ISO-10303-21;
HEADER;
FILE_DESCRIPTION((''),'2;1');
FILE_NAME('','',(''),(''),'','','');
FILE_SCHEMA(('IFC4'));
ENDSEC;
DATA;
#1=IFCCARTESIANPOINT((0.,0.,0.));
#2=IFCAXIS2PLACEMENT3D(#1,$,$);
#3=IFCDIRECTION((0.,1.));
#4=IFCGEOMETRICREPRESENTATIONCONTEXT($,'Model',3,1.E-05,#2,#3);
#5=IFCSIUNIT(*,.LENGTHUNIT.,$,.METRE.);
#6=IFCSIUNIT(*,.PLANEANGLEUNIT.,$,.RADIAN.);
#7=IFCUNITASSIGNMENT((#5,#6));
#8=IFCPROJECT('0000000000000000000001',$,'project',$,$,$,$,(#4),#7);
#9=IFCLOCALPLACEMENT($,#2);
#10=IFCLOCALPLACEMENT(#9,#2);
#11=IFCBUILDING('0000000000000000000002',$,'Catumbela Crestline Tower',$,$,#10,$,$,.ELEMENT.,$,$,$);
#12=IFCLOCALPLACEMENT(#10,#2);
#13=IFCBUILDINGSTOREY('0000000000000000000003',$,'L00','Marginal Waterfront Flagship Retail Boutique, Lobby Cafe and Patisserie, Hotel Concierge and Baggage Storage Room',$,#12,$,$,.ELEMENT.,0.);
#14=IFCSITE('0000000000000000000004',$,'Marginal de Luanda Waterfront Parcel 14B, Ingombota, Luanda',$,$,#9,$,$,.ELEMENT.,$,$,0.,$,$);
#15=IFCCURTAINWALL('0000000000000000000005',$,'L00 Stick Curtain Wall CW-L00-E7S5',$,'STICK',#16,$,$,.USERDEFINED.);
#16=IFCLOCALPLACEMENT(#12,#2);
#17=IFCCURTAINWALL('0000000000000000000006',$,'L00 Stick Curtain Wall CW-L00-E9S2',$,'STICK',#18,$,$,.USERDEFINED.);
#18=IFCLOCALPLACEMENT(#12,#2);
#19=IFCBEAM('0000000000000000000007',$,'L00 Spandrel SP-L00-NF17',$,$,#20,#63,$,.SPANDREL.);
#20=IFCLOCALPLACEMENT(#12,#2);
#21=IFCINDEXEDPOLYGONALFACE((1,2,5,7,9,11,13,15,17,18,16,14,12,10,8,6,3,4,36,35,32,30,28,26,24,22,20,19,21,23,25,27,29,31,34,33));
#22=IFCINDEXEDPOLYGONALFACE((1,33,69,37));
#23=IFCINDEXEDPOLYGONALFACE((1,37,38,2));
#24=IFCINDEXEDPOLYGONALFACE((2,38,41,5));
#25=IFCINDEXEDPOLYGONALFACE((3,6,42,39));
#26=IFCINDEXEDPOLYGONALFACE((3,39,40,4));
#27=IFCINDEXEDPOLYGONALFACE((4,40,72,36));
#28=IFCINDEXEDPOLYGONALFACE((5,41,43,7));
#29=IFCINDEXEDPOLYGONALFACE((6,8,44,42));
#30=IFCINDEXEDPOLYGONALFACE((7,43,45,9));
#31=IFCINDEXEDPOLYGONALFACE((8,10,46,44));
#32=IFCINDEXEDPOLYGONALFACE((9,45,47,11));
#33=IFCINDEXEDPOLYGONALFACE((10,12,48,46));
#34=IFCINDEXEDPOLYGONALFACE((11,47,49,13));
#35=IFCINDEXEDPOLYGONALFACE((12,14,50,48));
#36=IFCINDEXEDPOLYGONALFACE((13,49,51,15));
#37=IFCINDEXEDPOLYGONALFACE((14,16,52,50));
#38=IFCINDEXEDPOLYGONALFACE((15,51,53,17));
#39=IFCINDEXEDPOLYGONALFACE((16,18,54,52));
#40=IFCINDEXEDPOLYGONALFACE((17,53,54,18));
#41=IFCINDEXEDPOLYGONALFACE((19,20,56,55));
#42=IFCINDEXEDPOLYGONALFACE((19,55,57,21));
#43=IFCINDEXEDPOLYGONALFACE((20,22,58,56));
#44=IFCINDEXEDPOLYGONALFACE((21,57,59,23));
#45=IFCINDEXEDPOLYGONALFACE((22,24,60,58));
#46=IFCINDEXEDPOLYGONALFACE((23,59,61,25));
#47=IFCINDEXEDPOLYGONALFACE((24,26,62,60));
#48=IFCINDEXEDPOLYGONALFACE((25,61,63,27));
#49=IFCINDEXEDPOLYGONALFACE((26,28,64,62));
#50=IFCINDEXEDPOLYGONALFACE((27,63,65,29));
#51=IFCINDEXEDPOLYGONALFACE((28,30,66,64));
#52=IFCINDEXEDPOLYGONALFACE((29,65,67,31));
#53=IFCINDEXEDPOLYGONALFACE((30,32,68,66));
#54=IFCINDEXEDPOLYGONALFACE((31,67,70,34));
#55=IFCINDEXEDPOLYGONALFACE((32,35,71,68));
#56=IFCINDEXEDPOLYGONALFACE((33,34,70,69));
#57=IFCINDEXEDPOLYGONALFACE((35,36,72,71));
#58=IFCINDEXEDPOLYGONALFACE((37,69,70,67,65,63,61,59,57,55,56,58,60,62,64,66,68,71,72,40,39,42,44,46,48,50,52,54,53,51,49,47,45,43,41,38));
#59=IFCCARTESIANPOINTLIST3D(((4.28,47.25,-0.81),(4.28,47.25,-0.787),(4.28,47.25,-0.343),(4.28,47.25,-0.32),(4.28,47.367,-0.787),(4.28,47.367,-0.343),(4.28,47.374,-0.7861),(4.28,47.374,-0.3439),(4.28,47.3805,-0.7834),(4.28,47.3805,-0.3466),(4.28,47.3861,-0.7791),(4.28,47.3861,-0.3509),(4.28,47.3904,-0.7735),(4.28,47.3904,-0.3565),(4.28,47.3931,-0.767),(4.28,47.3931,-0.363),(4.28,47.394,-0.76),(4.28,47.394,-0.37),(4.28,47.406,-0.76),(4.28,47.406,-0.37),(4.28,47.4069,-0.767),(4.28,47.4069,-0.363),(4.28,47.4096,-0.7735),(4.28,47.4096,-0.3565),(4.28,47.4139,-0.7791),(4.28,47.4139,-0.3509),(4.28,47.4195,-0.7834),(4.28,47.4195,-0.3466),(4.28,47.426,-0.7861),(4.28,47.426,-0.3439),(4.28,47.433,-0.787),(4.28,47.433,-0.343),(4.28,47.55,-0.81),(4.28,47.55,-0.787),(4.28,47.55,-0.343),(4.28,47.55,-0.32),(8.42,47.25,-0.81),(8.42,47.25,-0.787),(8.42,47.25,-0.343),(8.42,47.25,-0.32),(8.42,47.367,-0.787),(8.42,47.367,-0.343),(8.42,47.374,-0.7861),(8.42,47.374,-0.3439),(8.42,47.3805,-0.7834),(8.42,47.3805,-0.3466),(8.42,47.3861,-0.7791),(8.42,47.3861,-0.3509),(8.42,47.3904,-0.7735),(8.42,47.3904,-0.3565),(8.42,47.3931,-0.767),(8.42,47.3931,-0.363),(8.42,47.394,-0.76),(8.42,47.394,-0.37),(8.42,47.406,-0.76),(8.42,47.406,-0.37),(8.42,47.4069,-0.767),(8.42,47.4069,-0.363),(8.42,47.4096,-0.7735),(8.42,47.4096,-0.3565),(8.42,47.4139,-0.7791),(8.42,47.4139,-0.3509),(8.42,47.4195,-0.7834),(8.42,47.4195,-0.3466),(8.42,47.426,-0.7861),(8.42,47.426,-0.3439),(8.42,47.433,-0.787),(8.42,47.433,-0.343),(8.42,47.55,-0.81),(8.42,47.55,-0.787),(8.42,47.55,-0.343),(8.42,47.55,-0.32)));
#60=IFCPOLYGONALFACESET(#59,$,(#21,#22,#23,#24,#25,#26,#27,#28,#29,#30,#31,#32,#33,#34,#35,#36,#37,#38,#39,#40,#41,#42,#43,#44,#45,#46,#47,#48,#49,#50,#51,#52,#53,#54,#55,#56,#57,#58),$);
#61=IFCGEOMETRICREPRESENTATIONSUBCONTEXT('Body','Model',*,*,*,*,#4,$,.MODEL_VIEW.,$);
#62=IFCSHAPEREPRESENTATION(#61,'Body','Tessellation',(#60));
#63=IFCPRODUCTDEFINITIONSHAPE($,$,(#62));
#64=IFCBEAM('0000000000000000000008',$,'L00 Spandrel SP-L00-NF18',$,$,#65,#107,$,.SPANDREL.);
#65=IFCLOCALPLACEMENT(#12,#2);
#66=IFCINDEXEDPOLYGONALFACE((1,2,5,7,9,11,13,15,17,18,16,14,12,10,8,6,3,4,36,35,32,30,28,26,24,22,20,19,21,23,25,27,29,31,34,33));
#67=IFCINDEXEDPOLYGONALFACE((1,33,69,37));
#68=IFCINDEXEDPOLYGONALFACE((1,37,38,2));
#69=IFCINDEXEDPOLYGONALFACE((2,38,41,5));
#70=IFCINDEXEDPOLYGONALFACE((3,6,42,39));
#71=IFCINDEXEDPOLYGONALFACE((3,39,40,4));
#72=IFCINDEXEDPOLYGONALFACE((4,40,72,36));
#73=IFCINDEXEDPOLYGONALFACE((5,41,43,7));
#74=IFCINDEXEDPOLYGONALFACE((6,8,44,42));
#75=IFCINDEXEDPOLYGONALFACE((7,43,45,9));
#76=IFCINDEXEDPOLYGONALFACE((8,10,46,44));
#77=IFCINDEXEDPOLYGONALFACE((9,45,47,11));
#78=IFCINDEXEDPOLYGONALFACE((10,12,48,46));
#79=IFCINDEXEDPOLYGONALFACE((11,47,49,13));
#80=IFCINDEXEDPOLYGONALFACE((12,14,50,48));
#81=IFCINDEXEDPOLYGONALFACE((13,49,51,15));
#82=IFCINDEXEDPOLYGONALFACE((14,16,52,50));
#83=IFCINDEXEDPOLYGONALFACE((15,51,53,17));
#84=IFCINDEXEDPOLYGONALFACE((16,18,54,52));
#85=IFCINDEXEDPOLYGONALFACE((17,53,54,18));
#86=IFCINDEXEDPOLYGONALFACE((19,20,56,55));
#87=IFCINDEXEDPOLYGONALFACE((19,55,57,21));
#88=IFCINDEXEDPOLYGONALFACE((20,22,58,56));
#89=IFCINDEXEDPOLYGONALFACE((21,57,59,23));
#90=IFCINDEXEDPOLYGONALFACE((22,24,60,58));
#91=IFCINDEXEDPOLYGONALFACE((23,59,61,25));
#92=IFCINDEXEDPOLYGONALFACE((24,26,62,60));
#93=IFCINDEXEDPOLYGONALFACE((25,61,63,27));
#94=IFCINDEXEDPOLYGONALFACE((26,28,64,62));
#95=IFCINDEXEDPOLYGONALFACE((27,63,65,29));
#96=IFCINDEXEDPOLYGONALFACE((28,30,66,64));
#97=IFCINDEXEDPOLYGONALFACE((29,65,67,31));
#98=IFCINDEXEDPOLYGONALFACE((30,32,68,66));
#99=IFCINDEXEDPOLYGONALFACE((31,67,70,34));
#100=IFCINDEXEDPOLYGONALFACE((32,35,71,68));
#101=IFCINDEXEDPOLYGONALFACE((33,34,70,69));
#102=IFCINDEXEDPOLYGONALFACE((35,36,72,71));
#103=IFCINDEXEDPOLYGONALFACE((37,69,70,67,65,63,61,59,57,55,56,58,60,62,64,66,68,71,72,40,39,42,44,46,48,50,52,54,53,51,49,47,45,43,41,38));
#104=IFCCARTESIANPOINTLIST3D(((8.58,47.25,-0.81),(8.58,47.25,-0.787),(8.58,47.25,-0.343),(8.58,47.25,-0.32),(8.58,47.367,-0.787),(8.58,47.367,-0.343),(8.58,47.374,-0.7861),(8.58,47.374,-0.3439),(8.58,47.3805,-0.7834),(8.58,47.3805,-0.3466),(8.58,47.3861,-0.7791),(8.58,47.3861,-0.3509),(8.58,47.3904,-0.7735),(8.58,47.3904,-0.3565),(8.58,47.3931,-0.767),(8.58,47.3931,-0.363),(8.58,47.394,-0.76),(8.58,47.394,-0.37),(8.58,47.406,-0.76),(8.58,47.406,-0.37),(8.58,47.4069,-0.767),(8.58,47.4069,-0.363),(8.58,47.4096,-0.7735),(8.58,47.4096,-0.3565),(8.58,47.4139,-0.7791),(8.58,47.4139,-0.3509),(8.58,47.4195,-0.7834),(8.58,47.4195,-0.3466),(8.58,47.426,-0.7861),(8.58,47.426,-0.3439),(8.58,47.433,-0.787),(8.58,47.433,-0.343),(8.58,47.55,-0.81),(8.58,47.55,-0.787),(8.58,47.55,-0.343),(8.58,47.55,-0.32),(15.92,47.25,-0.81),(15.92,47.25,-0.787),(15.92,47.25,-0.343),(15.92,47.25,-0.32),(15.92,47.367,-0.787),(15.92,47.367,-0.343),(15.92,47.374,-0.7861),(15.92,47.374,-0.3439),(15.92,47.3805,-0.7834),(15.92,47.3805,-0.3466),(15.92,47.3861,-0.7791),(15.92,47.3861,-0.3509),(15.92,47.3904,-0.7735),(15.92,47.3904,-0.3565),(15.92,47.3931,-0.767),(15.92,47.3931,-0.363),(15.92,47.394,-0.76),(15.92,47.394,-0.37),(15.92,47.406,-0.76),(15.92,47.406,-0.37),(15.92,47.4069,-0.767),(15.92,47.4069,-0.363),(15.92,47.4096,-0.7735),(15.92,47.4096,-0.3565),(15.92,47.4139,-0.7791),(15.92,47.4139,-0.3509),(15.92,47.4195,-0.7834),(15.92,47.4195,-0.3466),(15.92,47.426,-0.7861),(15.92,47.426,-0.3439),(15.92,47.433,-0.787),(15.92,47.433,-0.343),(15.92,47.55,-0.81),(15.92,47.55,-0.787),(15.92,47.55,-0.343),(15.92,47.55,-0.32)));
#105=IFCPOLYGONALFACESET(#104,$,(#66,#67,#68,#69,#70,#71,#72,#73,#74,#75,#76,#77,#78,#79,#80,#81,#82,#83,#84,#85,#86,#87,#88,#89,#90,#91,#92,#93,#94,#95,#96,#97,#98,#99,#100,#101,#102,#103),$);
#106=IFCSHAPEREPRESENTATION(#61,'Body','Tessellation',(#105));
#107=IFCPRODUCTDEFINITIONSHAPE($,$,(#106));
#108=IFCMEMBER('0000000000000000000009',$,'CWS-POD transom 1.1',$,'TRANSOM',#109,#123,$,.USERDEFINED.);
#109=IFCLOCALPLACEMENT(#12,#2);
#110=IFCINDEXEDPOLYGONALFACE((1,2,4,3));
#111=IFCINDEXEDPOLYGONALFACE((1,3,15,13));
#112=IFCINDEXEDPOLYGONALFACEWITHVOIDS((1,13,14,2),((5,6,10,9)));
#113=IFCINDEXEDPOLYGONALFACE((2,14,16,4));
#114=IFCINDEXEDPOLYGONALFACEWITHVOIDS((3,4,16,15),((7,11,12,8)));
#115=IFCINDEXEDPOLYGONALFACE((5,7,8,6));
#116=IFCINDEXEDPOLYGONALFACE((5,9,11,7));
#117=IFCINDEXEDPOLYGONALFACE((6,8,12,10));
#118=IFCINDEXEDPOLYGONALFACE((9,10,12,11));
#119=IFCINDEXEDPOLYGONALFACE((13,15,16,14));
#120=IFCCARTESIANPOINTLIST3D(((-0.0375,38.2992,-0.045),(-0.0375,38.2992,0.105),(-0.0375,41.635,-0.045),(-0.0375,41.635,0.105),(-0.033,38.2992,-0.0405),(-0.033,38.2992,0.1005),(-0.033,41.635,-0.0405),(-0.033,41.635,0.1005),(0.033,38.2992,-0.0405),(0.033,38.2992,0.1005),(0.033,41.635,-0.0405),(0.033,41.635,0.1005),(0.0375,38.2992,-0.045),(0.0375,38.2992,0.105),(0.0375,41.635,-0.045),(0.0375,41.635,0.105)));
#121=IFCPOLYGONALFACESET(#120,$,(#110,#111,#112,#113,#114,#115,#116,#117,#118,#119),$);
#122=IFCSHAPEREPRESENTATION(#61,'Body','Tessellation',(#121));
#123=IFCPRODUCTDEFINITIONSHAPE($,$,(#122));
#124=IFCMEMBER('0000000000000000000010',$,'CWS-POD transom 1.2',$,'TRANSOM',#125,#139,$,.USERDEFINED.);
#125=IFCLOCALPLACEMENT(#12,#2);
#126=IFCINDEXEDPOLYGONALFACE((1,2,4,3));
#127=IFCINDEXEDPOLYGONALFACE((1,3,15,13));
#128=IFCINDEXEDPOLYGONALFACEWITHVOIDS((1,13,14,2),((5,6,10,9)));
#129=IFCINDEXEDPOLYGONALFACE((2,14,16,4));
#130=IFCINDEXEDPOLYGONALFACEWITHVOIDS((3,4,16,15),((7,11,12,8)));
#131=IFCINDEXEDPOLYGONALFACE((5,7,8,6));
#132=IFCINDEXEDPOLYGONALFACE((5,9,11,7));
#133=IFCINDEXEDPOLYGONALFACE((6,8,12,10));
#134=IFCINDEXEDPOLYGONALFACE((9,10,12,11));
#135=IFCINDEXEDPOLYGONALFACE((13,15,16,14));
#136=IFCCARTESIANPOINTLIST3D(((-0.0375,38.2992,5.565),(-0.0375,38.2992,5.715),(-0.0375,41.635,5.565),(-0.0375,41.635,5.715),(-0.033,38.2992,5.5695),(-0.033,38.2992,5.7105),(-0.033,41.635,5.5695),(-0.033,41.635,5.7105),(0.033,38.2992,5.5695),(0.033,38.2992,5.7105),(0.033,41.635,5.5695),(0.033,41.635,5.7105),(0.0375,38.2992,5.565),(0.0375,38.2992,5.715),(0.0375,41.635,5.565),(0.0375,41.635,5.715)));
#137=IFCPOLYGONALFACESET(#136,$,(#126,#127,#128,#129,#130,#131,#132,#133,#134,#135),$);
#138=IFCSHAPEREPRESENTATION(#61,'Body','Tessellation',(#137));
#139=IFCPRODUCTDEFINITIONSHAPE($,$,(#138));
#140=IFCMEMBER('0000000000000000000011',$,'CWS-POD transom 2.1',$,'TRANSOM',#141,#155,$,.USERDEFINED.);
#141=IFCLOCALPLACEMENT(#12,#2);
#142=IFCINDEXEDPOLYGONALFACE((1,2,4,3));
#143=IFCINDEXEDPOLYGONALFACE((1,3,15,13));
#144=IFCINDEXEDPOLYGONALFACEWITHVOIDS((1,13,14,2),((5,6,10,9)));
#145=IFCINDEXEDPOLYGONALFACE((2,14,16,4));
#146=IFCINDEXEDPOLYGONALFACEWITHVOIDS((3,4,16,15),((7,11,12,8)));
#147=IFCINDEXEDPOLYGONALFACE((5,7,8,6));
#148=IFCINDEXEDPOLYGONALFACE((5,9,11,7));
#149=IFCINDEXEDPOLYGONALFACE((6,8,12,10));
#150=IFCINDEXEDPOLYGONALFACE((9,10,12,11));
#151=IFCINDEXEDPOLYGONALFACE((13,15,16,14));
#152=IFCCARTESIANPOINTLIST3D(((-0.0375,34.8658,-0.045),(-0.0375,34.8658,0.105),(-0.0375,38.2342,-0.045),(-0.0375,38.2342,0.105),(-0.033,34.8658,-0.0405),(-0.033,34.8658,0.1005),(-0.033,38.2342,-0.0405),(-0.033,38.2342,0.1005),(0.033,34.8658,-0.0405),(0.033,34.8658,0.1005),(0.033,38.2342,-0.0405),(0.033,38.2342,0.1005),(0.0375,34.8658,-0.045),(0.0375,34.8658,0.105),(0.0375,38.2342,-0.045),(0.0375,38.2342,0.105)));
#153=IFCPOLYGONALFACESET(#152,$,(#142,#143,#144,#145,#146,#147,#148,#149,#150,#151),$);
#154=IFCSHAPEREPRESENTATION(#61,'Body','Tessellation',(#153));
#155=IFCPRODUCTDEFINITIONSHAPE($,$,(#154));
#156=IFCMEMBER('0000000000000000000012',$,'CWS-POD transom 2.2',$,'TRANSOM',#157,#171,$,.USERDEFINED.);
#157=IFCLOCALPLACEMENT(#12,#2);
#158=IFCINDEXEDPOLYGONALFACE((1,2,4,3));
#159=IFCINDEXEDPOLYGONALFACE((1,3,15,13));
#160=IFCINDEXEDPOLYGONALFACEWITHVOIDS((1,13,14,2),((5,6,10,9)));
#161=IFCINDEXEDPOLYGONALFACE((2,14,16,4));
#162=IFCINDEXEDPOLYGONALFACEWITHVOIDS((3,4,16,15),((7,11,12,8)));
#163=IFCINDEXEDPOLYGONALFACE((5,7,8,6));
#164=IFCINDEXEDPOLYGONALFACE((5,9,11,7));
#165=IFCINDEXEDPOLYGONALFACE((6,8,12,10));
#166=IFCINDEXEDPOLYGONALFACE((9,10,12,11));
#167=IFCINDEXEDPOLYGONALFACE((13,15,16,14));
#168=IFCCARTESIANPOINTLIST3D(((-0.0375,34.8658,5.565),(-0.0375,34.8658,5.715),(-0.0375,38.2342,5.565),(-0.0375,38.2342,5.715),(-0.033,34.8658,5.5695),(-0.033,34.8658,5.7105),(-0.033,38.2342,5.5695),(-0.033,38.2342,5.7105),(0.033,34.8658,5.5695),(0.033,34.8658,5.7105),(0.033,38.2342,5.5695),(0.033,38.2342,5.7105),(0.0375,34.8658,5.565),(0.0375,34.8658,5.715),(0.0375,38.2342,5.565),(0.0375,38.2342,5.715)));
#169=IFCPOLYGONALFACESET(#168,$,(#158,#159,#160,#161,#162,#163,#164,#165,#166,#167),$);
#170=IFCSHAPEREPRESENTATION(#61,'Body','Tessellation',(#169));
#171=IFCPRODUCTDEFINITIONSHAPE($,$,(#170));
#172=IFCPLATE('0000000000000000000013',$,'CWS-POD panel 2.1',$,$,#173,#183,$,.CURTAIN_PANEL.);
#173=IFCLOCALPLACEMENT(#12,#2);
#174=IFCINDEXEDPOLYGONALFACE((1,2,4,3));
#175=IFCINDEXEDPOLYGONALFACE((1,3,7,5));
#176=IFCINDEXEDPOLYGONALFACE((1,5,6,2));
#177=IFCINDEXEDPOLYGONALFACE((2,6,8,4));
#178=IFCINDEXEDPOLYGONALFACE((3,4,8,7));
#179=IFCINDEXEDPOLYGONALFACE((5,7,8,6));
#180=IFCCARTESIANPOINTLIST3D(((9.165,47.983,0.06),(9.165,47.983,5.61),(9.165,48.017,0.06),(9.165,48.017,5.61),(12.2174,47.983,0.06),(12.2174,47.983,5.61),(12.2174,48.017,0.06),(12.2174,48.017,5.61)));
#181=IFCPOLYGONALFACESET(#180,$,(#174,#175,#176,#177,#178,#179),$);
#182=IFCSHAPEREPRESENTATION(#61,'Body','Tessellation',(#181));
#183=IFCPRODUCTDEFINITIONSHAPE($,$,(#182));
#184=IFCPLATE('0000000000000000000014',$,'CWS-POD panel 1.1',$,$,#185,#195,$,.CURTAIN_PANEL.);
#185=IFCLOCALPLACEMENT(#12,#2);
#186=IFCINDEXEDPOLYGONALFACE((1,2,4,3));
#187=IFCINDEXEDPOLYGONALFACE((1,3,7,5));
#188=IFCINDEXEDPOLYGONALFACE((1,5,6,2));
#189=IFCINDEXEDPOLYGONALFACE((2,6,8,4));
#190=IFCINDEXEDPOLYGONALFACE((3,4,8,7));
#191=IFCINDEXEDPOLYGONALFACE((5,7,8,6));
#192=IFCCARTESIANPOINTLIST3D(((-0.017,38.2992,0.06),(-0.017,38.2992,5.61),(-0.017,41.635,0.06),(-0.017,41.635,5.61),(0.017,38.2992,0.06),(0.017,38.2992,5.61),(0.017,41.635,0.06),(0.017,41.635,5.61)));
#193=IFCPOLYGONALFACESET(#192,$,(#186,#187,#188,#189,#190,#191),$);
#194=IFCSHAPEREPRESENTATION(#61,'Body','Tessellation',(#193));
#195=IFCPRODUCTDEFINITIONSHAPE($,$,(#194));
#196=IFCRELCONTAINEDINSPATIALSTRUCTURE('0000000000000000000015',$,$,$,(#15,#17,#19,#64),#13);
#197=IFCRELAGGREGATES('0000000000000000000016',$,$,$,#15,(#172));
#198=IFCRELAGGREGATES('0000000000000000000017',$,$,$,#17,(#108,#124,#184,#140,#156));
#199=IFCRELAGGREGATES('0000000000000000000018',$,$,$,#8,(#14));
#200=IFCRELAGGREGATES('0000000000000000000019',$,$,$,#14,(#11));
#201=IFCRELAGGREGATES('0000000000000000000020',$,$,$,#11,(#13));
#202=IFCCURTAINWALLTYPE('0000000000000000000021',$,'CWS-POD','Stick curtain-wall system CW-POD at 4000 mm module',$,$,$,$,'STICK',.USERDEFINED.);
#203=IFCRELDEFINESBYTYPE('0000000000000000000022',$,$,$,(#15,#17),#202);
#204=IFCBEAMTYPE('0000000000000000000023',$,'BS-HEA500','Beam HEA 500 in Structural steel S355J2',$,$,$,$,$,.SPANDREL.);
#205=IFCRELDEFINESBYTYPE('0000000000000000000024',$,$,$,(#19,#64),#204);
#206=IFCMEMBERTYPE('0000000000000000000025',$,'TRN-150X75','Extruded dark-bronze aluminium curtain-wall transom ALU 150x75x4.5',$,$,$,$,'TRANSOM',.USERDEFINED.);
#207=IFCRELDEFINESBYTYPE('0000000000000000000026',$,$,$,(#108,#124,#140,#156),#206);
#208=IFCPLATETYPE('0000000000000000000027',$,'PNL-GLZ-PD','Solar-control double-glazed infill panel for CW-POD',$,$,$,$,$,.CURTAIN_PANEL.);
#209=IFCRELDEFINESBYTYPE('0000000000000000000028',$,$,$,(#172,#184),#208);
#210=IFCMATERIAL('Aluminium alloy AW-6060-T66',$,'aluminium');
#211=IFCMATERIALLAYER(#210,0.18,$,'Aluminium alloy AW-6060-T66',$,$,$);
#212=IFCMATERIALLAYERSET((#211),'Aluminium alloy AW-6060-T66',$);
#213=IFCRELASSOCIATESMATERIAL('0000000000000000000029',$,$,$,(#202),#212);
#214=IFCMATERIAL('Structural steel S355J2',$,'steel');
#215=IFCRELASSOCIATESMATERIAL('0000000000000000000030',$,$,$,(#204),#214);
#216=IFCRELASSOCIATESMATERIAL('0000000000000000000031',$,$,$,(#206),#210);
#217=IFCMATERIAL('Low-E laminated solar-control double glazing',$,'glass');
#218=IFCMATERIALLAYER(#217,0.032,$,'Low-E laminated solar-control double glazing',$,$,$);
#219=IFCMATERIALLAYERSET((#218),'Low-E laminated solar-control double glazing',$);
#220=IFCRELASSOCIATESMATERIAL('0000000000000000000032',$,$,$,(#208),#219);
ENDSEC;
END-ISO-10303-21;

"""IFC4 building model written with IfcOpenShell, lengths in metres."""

from ifc_helpers import new_model, si_unit, direction, frame, origin, origin_2d, place, context, subcontext, project, spatial, rectangle, hollow_rectangle, i_section, extrude, material, layer, layer_set, material_profile, profile_set, type_object, element, aggregate, save


model = new_model("IFC4")

# Units and contexts
model_context = context("Model", 3, precision=1e-05, world=origin(), true_north=direction((0.0, 1.0)))
body_context = subcontext(model_context, "Body", "Model", "MODEL_VIEW")
ifc_project = project(units=[si_unit("LENGTHUNIT", "METRE"), si_unit("PLANEANGLEUNIT", "RADIAN")], contexts=[model_context])

# Site, building, storey
site_placement = place(None, origin())
site = spatial("IfcSite", under=ifc_project, at=site_placement, Name="Marginal de Luanda Waterfront Parcel 14B, Ingombota, Luanda", CompositionType="ELEMENT", RefElevation=0.0)
building_placement = place(site_placement, origin())
building = spatial("IfcBuilding", under=site, at=building_placement, Name="Catumbela Crestline Tower", CompositionType="ELEMENT")
storey_placement = place(building_placement, origin())
storey = spatial("IfcBuildingStorey", under=building, at=storey_placement, Name="L00", Description="Marginal Waterfront Flagship Retail Boutique, Lobby Cafe and Patisserie, Hotel Concierge and Baggage Storage Room", CompositionType="ELEMENT", Elevation=0.0)

# Shared definitions
ifc_material_1 = material(Name="Structural steel S355J2", Category="steel")

# Curtain wall
ifc_material_2 = material(Name="Aluminium alloy AW-6060-T66", Category="aluminium")
ifc_layer_1 = layer(ifc_material_2, 0.18, Name="Aluminium alloy AW-6060-T66")
ifc_layer_set_1 = layer_set([ifc_layer_1], Name="Aluminium alloy AW-6060-T66")
curtain_wall_type = type_object("IfcCurtainWallType", Name="CWS-POD", Description="Stick curtain-wall system CW-POD at 4000 mm module", ElementType="STICK", PredefinedType="USERDEFINED", material=ifc_layer_set_1)
curtain_wall_1_placement = place(storey_placement, origin())
curtain_wall_1 = element("IfcCurtainWall", 1, at=curtain_wall_1_placement, inside=storey, type_object=curtain_wall_type, Name="L00 Stick Curtain Wall CW-L00-E7S5", ObjectType="STICK", PredefinedType="USERDEFINED")

# Curtain wall
curtain_wall_2_placement = place(storey_placement, origin())
curtain_wall_2 = element("IfcCurtainWall", 2, at=curtain_wall_2_placement, inside=storey, type_object=curtain_wall_type, Name="L00 Stick Curtain Wall CW-L00-E9S2", ObjectType="STICK", PredefinedType="USERDEFINED")

# Beams
ifc_material_profile_1 = material_profile(ifc_material_1, i_section(OverallWidth=0.3, OverallDepth=0.49, WebThickness=0.012, FlangeThickness=0.023, FilletRadius=0.027, at=origin_2d()), Name="HEA 500")
ifc_profile_set_1 = profile_set([ifc_material_profile_1], Name="Structural steel S355J2")
beam_type_1 = type_object("IfcBeamType", Name="BS-HEA500", Description="Beam HEA 500 in Structural steel S355J2", PredefinedType="SPANDREL", material=ifc_profile_set_1)
beam_1_placement = place(storey_placement, frame((4.28, 47.4, -0.565), z_axis=(1.0, 0.0, 0.0), x_axis=(0.0, 1.0, 0.0)))
element("IfcBeam", 3, at=beam_1_placement, inside=storey, type_object=beam_type_1, Name="L00 Spandrel SP-L00-NF17", PredefinedType="SPANDREL", context=body_context, shape_type="SweptSolid", body=[
    extrude(i_section(OverallWidth=0.3, OverallDepth=0.49, WebThickness=0.012, FlangeThickness=0.023, FilletRadius=0.027, at=origin_2d()), origin(), (0.0, 0.0, 1.0), 4.14),
])
beam_2_placement = place(storey_placement, frame((8.58, 47.4, -0.565), z_axis=(1.0, 0.0, 0.0), x_axis=(0.0, 1.0, 0.0)))
element("IfcBeam", 4, at=beam_2_placement, inside=storey, type_object=beam_type_1, Name="L00 Spandrel SP-L00-NF18", PredefinedType="SPANDREL", context=body_context, shape_type="SweptSolid", body=[
    extrude(i_section(OverallWidth=0.3, OverallDepth=0.49, WebThickness=0.012, FlangeThickness=0.023, FilletRadius=0.027, at=origin_2d()), origin(), (0.0, 0.0, 1.0), 7.34),
])

# Members
ifc_material_profile_2 = material_profile(ifc_material_2, hollow_rectangle(XDim=0.075, YDim=0.15, WallThickness=0.0045, at=origin_2d()), Name="ALU 150x75x4.5")
ifc_profile_set_2 = profile_set([ifc_material_profile_2], Name="Aluminium alloy AW-6060-T66")
member_type_1 = type_object("IfcMemberType", Name="TRN-150X75", Description="Extruded dark-bronze aluminium curtain-wall transom ALU 150x75x4.5", ElementType="TRANSOM", PredefinedType="USERDEFINED", material=ifc_profile_set_2)
member_1_placement = place(storey_placement, frame((0.0, 41.635, 0.03), z_axis=(0.0, -1.0, 0.0), x_axis=(1.0, 0.0, 0.0)))
member_1 = element("IfcMember", 5, at=member_1_placement, type_object=member_type_1, Name="CWS-POD transom 1.1", ObjectType="TRANSOM", PredefinedType="USERDEFINED", context=body_context, shape_type="SweptSolid", body=[
    extrude(hollow_rectangle(XDim=0.075, YDim=0.15, WallThickness=0.0045, at=origin_2d()), origin(), (0.0, 0.0, 1.0), 3.3358),
])
member_2_placement = place(storey_placement, frame((0.0, 41.635, 5.64), z_axis=(0.0, -1.0, 0.0), x_axis=(1.0, 0.0, 0.0)))
member_2 = element("IfcMember", 6, at=member_2_placement, type_object=member_type_1, Name="CWS-POD transom 1.2", ObjectType="TRANSOM", PredefinedType="USERDEFINED", context=body_context, shape_type="SweptSolid", body=[
    extrude(hollow_rectangle(XDim=0.075, YDim=0.15, WallThickness=0.0045, at=origin_2d()), origin(), (0.0, 0.0, 1.0), 3.3358),
])
member_3_placement = place(storey_placement, frame((0.0, 38.2342, 0.03), z_axis=(0.0, -1.0, 0.0), x_axis=(1.0, 0.0, 0.0)))
member_3 = element("IfcMember", 7, at=member_3_placement, type_object=member_type_1, Name="CWS-POD transom 2.1", ObjectType="TRANSOM", PredefinedType="USERDEFINED", context=body_context, shape_type="SweptSolid", body=[
    extrude(hollow_rectangle(XDim=0.075, YDim=0.15, WallThickness=0.0045, at=origin_2d()), origin(), (0.0, 0.0, 1.0), 3.3684),
])
member_4_placement = place(storey_placement, frame((0.0, 38.2342, 5.64), z_axis=(0.0, -1.0, 0.0), x_axis=(1.0, 0.0, 0.0)))
member_4 = element("IfcMember", 8, at=member_4_placement, type_object=member_type_1, Name="CWS-POD transom 2.2", ObjectType="TRANSOM", PredefinedType="USERDEFINED", context=body_context, shape_type="SweptSolid", body=[
    extrude(hollow_rectangle(XDim=0.075, YDim=0.15, WallThickness=0.0045, at=origin_2d()), origin(), (0.0, 0.0, 1.0), 3.3684),
])

# Plates
ifc_material_3 = material(Name="Low-E laminated solar-control double glazing", Category="glass")
ifc_layer_2 = layer(ifc_material_3, 0.032, Name="Low-E laminated solar-control double glazing")
ifc_layer_set_2 = layer_set([ifc_layer_2], Name="Low-E laminated solar-control double glazing")
plate_type = type_object("IfcPlateType", Name="PNL-GLZ-PD", Description="Solar-control double-glazed infill panel for CW-POD", PredefinedType="CURTAIN_PANEL", material=ifc_layer_set_2)
plate_1_placement = place(storey_placement, frame((10.6912, 48.0, 0.06), z_axis=(0.0, 0.0, 1.0), x_axis=(-1.0, 0.0, 0.0)))
plate_1 = element("IfcPlate", 9, at=plate_1_placement, type_object=plate_type, Name="CWS-POD panel 2.1", PredefinedType="CURTAIN_PANEL", context=body_context, shape_type="SweptSolid", body=[
    extrude(rectangle(XDim=3.0525, YDim=0.034, at=origin_2d()), origin(), (0.0, 0.0, 1.0), 5.55),
])
aggregate(curtain_wall_1, [plate_1])
plate_2_placement = place(storey_placement, frame((0.0, 39.9671, 0.06), z_axis=(0.0, 0.0, 1.0), x_axis=(0.0, -1.0, 0.0)))
plate_2 = element("IfcPlate", 10, at=plate_2_placement, type_object=plate_type, Name="CWS-POD panel 1.1", PredefinedType="CURTAIN_PANEL", context=body_context, shape_type="SweptSolid", body=[
    extrude(rectangle(XDim=3.3358, YDim=0.034, at=origin_2d()), origin(), (0.0, 0.0, 1.0), 5.55),
])
aggregate(curtain_wall_2, [member_1, member_2, plate_2, member_3, member_4])

save(model, "model.ifc")
